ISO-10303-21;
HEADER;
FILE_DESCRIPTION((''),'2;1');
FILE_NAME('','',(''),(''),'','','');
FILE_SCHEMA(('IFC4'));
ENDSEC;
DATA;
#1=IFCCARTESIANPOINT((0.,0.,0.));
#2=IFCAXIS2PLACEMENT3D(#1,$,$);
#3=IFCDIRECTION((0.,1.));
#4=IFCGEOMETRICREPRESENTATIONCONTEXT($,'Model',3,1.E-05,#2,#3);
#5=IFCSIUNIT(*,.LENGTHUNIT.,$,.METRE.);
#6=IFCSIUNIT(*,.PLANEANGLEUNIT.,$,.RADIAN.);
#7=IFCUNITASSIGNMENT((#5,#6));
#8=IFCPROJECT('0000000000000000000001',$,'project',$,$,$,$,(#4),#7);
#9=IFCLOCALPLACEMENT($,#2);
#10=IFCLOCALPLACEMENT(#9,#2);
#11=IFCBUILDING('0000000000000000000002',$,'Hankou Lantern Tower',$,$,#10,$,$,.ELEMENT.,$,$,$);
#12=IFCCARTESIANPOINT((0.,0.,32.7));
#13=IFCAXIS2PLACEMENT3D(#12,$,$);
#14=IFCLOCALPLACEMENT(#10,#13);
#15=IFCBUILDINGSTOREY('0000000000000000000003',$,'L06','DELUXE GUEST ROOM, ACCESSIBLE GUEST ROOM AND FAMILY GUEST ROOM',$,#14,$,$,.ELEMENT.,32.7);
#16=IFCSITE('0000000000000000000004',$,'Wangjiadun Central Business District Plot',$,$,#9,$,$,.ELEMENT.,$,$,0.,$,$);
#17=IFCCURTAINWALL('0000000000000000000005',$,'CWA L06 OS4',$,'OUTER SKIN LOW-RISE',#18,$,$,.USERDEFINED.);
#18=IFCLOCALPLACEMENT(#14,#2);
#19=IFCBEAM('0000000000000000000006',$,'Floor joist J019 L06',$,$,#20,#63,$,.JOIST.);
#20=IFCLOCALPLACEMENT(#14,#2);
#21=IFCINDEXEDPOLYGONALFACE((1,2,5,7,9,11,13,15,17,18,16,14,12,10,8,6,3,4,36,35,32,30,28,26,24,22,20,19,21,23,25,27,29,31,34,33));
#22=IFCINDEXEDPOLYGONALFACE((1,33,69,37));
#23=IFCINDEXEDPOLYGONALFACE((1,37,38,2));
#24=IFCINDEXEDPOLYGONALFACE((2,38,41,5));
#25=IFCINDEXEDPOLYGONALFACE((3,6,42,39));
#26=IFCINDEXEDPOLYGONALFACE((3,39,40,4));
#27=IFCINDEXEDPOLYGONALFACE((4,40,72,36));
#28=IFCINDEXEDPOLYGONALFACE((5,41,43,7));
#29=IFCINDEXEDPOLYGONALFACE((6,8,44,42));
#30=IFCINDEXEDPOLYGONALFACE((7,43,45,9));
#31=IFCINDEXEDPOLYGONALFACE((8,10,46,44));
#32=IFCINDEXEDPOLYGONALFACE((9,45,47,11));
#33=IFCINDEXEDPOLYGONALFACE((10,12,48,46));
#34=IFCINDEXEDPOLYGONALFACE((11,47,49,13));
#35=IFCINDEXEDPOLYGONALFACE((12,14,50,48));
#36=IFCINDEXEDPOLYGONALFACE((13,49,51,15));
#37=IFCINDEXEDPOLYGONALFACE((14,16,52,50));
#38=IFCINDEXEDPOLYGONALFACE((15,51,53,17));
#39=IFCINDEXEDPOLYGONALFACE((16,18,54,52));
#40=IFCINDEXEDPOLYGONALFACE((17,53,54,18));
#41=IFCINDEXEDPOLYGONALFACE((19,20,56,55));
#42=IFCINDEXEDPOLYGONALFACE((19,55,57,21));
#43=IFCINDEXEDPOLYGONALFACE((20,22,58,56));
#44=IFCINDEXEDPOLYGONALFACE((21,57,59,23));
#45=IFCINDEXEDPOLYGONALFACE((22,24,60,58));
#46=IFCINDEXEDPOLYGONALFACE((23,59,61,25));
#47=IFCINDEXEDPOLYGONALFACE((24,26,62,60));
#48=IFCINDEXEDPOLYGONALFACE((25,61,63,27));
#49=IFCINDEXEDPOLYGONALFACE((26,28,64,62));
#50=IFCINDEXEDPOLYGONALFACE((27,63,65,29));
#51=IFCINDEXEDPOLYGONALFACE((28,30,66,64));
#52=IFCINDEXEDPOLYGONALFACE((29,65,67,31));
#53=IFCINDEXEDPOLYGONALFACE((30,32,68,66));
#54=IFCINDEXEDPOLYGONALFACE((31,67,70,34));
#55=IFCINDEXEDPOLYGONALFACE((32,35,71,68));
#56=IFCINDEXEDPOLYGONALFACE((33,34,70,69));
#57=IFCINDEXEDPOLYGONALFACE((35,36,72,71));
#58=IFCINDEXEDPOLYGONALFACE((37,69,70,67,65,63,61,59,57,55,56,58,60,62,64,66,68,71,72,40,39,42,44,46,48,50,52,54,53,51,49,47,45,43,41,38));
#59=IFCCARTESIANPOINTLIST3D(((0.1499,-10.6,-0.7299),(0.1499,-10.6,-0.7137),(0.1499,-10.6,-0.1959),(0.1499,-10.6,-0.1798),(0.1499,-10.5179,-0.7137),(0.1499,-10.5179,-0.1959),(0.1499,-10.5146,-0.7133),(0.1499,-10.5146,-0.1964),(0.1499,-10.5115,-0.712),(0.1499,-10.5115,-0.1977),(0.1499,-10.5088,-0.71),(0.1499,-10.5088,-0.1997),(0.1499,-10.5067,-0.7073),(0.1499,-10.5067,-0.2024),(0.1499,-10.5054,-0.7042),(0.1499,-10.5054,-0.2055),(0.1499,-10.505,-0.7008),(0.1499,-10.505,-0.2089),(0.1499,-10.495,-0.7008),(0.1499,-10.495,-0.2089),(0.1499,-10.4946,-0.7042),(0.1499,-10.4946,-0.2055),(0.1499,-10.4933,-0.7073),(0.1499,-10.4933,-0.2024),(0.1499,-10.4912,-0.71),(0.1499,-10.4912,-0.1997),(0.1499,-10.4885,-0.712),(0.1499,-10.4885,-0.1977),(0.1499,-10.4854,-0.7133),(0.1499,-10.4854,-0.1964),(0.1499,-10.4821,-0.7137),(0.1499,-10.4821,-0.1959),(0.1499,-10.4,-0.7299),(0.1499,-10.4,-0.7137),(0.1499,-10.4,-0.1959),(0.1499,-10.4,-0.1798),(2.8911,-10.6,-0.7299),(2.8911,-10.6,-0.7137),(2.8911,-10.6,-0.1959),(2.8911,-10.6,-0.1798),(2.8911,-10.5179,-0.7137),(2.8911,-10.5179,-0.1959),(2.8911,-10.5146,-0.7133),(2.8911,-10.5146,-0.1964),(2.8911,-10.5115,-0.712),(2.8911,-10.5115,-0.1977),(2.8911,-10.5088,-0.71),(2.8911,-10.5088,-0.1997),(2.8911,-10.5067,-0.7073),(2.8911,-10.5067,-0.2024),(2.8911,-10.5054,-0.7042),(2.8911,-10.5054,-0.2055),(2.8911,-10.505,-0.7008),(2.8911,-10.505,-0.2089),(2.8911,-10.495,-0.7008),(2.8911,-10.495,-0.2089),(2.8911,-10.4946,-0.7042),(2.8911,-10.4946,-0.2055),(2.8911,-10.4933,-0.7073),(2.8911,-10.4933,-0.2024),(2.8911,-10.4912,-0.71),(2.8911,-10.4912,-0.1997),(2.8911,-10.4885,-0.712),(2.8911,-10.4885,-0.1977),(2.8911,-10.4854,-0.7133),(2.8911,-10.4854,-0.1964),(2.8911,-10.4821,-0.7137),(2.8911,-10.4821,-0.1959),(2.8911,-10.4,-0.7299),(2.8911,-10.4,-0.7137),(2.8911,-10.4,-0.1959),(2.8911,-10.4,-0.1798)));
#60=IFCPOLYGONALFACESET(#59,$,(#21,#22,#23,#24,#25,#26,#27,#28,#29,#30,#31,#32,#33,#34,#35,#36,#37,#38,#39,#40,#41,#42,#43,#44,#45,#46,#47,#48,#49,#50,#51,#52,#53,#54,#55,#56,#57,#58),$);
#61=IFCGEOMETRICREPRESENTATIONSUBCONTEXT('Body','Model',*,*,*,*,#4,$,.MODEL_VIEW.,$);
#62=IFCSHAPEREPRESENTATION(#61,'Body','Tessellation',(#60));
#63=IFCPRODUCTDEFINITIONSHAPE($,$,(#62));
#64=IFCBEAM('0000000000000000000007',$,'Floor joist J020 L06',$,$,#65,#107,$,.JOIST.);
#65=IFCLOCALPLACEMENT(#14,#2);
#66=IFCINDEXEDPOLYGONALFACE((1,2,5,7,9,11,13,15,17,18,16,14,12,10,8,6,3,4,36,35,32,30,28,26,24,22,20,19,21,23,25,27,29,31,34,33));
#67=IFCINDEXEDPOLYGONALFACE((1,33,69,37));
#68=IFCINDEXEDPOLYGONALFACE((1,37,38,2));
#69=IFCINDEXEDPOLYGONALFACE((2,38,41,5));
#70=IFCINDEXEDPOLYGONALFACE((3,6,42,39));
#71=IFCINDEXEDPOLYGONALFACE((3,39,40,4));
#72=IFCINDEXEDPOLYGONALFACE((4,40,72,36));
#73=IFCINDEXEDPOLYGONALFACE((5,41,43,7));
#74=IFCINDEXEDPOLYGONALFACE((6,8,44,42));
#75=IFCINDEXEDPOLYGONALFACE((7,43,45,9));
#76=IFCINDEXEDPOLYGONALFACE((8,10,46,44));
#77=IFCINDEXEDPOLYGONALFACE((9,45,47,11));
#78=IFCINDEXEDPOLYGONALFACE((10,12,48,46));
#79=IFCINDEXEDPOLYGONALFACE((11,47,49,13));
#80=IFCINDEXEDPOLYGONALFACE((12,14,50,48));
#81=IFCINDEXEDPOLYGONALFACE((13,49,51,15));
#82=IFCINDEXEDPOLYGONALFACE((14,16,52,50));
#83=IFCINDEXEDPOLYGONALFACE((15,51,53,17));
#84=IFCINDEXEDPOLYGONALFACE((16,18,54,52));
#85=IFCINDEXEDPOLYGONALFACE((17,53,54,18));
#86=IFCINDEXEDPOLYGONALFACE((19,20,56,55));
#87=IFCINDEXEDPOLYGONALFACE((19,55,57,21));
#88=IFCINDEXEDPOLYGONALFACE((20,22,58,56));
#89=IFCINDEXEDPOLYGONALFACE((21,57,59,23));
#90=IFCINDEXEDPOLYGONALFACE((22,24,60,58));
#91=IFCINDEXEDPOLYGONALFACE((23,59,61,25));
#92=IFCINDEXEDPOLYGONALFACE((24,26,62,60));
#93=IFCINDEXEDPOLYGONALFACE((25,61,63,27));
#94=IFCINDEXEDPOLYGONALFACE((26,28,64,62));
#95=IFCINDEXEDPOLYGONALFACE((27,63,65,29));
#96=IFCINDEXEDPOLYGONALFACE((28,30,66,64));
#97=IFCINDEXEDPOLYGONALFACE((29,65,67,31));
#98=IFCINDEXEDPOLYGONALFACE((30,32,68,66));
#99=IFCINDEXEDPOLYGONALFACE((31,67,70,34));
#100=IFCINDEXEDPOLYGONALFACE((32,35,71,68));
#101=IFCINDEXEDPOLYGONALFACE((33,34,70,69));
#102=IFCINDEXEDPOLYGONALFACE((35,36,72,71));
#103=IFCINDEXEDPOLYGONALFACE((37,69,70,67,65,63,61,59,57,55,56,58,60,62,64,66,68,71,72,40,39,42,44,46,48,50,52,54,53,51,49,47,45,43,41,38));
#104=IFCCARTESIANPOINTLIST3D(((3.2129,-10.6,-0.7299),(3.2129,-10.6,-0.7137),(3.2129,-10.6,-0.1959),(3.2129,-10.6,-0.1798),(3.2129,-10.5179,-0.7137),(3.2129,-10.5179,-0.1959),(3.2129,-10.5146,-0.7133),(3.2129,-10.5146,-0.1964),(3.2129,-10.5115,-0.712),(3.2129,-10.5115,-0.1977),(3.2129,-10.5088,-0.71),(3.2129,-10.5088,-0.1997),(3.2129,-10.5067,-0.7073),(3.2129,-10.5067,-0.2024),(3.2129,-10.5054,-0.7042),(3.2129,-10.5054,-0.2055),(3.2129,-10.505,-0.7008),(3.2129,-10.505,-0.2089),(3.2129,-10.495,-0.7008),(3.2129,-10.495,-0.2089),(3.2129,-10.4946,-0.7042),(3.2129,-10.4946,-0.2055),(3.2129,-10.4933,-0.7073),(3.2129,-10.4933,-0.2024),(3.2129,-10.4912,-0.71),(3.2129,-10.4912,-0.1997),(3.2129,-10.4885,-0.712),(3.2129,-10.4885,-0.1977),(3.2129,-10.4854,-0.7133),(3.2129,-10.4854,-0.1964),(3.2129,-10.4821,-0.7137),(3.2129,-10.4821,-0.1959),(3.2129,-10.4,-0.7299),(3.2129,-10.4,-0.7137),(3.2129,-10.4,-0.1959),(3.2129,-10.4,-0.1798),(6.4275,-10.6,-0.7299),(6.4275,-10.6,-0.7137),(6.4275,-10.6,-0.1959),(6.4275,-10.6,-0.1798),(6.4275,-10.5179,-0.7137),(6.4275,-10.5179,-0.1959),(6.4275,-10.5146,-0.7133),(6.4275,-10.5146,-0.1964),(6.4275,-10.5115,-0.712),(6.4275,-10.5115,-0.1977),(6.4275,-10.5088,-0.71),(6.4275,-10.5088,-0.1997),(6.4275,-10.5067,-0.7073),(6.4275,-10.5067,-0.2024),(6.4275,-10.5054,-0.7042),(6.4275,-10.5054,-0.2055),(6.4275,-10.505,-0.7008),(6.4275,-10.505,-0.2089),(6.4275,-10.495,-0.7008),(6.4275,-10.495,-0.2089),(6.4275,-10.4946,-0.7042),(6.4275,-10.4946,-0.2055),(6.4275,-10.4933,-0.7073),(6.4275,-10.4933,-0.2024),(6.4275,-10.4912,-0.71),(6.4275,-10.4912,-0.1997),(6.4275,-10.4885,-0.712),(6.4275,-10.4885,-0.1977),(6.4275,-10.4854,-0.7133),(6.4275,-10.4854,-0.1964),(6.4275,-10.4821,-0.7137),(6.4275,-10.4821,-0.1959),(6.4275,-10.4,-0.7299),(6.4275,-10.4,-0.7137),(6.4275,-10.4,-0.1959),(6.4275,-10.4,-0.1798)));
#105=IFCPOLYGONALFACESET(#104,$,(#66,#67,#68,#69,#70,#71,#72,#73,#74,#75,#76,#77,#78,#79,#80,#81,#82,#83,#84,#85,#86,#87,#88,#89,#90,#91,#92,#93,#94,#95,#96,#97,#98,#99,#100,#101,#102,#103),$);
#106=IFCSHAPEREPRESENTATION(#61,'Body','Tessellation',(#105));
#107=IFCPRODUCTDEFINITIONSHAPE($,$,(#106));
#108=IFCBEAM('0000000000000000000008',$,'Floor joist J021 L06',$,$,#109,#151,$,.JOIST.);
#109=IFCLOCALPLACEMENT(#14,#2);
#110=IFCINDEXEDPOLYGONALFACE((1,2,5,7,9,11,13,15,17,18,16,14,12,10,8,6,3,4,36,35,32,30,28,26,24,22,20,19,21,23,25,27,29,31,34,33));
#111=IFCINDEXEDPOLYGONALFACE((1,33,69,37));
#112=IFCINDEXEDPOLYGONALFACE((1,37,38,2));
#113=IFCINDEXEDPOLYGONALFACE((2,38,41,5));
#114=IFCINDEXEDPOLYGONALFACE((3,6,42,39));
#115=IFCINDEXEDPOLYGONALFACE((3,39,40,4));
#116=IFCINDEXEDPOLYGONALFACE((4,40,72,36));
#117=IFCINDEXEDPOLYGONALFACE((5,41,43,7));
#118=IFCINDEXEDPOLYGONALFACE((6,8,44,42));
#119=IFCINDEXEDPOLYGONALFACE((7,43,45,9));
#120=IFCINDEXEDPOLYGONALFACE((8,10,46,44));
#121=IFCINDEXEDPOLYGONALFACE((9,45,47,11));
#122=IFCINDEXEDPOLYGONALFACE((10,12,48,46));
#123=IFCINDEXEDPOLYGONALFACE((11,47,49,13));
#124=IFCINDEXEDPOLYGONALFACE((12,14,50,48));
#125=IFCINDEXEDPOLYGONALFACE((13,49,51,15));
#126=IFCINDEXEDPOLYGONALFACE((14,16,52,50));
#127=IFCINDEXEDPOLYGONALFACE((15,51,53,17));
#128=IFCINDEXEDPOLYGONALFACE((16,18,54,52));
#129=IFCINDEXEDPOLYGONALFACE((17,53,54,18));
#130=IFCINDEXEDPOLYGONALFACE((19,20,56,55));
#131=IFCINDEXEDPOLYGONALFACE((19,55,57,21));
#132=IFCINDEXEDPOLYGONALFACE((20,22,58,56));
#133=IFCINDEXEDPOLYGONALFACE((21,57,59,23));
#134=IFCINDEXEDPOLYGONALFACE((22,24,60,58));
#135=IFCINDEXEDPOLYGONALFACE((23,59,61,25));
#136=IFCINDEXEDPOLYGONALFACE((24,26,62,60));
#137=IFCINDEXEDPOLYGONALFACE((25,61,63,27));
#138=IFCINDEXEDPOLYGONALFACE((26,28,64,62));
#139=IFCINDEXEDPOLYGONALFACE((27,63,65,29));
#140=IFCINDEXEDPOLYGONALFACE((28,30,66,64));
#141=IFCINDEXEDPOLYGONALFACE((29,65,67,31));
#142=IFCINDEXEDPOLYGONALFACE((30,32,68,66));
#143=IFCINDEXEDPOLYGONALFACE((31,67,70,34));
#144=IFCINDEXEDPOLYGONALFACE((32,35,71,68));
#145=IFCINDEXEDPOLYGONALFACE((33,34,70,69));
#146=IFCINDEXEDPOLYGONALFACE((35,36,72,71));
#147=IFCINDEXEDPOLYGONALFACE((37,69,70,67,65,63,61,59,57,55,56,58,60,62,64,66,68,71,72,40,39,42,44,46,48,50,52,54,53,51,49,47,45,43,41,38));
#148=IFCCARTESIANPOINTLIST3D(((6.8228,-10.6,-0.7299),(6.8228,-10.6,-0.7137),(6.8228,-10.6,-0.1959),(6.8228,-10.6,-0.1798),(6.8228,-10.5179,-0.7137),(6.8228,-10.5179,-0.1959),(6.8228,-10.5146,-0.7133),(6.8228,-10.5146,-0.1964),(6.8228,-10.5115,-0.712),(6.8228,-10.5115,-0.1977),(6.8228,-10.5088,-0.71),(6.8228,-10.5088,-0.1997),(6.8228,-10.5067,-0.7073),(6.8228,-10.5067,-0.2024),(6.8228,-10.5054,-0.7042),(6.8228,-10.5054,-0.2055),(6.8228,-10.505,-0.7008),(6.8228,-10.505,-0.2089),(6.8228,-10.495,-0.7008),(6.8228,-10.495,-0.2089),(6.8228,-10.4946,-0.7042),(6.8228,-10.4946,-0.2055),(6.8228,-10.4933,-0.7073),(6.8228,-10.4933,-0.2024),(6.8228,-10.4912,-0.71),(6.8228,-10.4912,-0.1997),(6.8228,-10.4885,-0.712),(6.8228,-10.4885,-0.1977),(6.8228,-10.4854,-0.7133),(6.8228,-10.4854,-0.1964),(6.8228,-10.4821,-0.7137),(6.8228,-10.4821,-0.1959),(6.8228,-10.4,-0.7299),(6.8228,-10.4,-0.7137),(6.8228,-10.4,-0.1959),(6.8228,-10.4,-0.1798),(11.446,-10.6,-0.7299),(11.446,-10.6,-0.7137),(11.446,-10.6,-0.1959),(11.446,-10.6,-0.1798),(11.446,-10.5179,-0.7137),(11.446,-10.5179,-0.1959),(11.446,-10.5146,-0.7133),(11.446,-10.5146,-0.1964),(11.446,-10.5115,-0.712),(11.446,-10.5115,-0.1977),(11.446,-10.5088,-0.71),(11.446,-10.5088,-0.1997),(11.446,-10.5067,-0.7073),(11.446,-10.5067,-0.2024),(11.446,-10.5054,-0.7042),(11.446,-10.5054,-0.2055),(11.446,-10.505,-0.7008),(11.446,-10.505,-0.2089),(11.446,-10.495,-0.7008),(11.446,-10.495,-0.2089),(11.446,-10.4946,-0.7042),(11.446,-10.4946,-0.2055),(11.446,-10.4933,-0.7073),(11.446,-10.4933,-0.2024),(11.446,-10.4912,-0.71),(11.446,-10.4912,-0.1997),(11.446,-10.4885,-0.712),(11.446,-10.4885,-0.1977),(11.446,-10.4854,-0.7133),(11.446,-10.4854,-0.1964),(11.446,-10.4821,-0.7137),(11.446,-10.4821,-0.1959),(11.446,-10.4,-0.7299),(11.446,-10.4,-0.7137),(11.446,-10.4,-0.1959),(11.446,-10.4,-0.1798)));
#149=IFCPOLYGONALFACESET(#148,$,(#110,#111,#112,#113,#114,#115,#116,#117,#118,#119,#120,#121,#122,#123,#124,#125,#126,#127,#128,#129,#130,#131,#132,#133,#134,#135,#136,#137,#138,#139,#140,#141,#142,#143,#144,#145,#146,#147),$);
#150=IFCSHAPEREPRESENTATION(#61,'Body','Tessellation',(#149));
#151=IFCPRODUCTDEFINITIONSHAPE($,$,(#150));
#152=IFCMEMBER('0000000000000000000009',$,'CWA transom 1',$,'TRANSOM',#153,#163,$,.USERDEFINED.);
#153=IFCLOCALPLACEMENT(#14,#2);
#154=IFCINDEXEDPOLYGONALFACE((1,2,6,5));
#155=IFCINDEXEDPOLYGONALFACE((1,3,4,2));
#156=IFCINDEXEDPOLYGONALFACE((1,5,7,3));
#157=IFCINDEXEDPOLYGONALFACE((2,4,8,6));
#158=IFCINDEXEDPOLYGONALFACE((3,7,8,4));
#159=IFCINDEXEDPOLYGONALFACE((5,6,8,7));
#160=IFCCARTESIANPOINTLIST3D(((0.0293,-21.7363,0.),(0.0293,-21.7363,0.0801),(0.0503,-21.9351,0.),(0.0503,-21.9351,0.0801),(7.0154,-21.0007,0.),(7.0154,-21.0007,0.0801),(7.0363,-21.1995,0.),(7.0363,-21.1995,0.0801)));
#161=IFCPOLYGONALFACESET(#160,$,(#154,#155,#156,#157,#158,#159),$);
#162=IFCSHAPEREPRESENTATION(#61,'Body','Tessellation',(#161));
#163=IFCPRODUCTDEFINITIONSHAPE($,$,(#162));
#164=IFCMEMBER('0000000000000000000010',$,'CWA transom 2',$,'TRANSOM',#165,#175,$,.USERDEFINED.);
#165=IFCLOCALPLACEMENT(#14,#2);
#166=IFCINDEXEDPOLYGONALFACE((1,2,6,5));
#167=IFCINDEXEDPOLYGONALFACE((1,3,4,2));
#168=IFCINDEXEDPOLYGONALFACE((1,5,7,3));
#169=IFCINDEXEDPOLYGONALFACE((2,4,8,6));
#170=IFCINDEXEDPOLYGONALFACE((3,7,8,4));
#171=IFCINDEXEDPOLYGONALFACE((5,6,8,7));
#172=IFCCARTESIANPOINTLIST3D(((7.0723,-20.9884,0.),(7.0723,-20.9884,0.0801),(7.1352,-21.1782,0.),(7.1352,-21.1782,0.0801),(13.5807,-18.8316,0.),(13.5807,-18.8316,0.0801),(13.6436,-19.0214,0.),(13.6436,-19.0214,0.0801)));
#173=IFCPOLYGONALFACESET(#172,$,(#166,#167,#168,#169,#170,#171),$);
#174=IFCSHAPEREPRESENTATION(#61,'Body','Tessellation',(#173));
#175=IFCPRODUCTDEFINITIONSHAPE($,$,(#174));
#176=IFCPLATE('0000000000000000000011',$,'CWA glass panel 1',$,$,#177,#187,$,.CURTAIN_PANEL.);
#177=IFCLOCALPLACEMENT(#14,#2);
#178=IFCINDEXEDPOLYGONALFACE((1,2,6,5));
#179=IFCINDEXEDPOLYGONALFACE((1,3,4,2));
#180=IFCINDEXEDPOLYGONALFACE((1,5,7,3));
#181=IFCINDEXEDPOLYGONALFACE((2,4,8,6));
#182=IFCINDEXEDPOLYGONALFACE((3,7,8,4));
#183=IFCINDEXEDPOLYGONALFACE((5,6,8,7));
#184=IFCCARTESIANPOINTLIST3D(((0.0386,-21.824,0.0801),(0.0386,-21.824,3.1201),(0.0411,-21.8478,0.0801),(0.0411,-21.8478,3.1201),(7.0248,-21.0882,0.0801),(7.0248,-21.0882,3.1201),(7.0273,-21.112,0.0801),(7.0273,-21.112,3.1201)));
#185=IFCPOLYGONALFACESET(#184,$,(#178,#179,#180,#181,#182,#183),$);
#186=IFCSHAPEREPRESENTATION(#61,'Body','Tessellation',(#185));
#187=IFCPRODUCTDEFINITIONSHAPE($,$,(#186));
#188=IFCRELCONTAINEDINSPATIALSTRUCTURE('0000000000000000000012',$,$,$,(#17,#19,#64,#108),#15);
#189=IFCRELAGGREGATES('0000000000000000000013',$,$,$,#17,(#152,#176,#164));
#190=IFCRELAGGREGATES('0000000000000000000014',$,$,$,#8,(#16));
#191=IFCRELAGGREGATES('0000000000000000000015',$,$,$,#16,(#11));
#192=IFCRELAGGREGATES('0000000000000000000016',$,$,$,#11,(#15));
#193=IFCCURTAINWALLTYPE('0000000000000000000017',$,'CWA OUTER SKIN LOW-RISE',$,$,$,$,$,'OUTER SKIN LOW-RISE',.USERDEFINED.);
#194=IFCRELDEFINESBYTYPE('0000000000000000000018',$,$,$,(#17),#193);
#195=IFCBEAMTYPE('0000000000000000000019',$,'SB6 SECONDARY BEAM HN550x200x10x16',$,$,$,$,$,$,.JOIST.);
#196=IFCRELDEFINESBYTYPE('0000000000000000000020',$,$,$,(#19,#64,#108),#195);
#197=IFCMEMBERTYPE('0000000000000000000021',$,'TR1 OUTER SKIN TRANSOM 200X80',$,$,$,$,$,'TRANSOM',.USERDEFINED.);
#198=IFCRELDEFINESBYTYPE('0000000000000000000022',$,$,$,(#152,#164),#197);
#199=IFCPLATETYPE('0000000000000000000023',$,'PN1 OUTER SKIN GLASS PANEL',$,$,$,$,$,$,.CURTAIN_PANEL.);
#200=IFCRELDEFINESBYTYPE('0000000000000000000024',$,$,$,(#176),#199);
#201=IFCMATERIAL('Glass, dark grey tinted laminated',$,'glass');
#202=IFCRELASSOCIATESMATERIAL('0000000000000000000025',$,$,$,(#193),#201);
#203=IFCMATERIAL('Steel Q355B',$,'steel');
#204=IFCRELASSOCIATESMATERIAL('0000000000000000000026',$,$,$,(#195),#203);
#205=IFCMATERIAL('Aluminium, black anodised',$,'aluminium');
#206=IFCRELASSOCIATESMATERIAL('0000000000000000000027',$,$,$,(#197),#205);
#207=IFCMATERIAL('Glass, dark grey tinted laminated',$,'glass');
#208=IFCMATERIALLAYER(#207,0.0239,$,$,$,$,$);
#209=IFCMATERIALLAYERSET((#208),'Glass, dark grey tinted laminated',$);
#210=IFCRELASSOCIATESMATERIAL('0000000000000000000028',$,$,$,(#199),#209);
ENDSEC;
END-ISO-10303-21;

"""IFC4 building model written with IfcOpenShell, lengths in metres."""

from ifc_helpers import new_model, si_unit, direction, frame, origin, origin_2d, place, context, subcontext, project, spatial, rectangle, i_section, extrude, material, layer, layer_set, material_profile, profile_set, type_object, element, aggregate, save


model = new_model("IFC4")

# Units and contexts
model_context = context("Model", 3, precision=1e-05, world=origin(), true_north=direction((0.0, 1.0)))
body_context = subcontext(model_context, "Body", "Model", "MODEL_VIEW")
ifc_project = project(units=[si_unit("LENGTHUNIT", "METRE"), si_unit("PLANEANGLEUNIT", "RADIAN")], contexts=[model_context])

# Site, building, storey
site_placement = place(None, origin())
site = spatial("IfcSite", under=ifc_project, at=site_placement, Name="Wangjiadun Central Business District Plot", CompositionType="ELEMENT", RefElevation=0.0)
building_placement = place(site_placement, origin())
building = spatial("IfcBuilding", under=site, at=building_placement, Name="Hankou Lantern Tower", CompositionType="ELEMENT")
storey_placement = place(building_placement, frame((0.0, 0.0, 32.7)))
storey = spatial("IfcBuildingStorey", under=building, at=storey_placement, Name="L06", Description="DELUXE GUEST ROOM, ACCESSIBLE GUEST ROOM AND FAMILY GUEST ROOM", CompositionType="ELEMENT", Elevation=32.7)

# Curtain wall
ifc_material_1 = material(Name="Glass, dark grey tinted laminated", Category="glass")
curtain_wall_type = type_object("IfcCurtainWallType", Name="CWA OUTER SKIN LOW-RISE", ElementType="OUTER SKIN LOW-RISE", PredefinedType="USERDEFINED", material=ifc_material_1)
curtain_wall_placement = place(storey_placement, origin())
curtain_wall = element("IfcCurtainWall", 1, at=curtain_wall_placement, inside=storey, type_object=curtain_wall_type, Name="CWA L06 OS4", ObjectType="OUTER SKIN LOW-RISE", PredefinedType="USERDEFINED")

# Beams
ifc_material_2 = material(Name="Steel Q355B", Category="steel")
ifc_material_profile_1 = material_profile(ifc_material_2, i_section(OverallWidth=0.2, OverallDepth=0.55, WebThickness=0.01, FlangeThickness=0.0161, FilletRadius=0.0129, at=origin_2d()), Name="HN550x200x10x16")
ifc_profile_set_1 = profile_set([ifc_material_profile_1], Name="Steel Q355B")
beam_type_1 = type_object("IfcBeamType", Name="SB6 SECONDARY BEAM HN550x200x10x16", PredefinedType="JOIST", material=ifc_profile_set_1)
beam_1_placement = place(storey_placement, frame((0.1499, -10.5, -0.4548), z_axis=(1.0, 0.0, 0.0), x_axis=(0.0, 1.0, 0.0)))
element("IfcBeam", 2, at=beam_1_placement, inside=storey, type_object=beam_type_1, Name="Floor joist J019 L06", PredefinedType="JOIST", context=body_context, shape_type="SweptSolid", body=[
    extrude(i_section(OverallWidth=0.2, OverallDepth=0.55, WebThickness=0.01, FlangeThickness=0.0161, FilletRadius=0.0129, at=origin_2d()), origin(), (0.0, 0.0, 1.0), 2.7412),
])
beam_2_placement = place(storey_placement, frame((3.2129, -10.5, -0.4548), z_axis=(1.0, 0.0, 0.0), x_axis=(0.0, 1.0, 0.0)))
element("IfcBeam", 3, at=beam_2_placement, inside=storey, type_object=beam_type_1, Name="Floor joist J020 L06", PredefinedType="JOIST", context=body_context, shape_type="SweptSolid", body=[
    extrude(i_section(OverallWidth=0.2, OverallDepth=0.55, WebThickness=0.01, FlangeThickness=0.0161, FilletRadius=0.0129, at=origin_2d()), origin(), (0.0, 0.0, 1.0), 3.2146),
])
beam_3_placement = place(storey_placement, frame((6.8228, -10.5, -0.4548), z_axis=(1.0, 0.0, 0.0), x_axis=(0.0, 1.0, 0.0)))
element("IfcBeam", 4, at=beam_3_placement, inside=storey, type_object=beam_type_1, Name="Floor joist J021 L06", PredefinedType="JOIST", context=body_context, shape_type="SweptSolid", body=[
    extrude(i_section(OverallWidth=0.2, OverallDepth=0.55, WebThickness=0.01, FlangeThickness=0.0161, FilletRadius=0.0129, at=origin_2d()), origin(), (0.0, 0.0, 1.0), 4.6233),
])

# Members
ifc_material_3 = material(Name="Aluminium, black anodised", Category="aluminium")
ifc_material_profile_2 = material_profile(ifc_material_3, rectangle(XDim=0.2, YDim=0.0801, at=origin_2d()), Name="TR1 200X80")
ifc_profile_set_2 = profile_set([ifc_material_profile_2], Name="Aluminium, black anodised")
member_type_1 = type_object("IfcMemberType", Name="TR1 OUTER SKIN TRANSOM 200X80", ElementType="TRANSOM", PredefinedType="USERDEFINED", material=ifc_profile_set_2)
member_1_placement = place(storey_placement, frame((0.0398, -21.8357, 0.04), z_axis=(0.994502, 0.104716, 0.0), x_axis=(-0.104716, 0.994502, 0.0)))
member_1 = element("IfcMember", 5, at=member_1_placement, type_object=member_type_1, Name="CWA transom 1", ObjectType="TRANSOM", PredefinedType="USERDEFINED", context=body_context, shape_type="SweptSolid", body=[
    extrude(rectangle(XDim=0.2, YDim=0.0801, at=origin_2d()), origin(), (0.0, 0.0, 1.0), 7.0247),
])
member_2_placement = place(storey_placement, frame((7.1038, -21.0833, 0.04), z_axis=(0.949237, 0.314561, 0.0), x_axis=(-0.314561, 0.949237, 0.0)))
member_2 = element("IfcMember", 6, at=member_2_placement, type_object=member_type_1, Name="CWA transom 2", ObjectType="TRANSOM", PredefinedType="USERDEFINED", context=body_context, shape_type="SweptSolid", body=[
    extrude(rectangle(XDim=0.2, YDim=0.0801, at=origin_2d()), origin(), (0.0, 0.0, 1.0), 6.8564),
])

# Plate
ifc_material_4 = material(Name="Glass, dark grey tinted laminated", Category="glass")
ifc_layer_1 = layer(ifc_material_4, 0.0239)
ifc_layer_set_1 = layer_set([ifc_layer_1], Name="Glass, dark grey tinted laminated")
plate_type = type_object("IfcPlateType", Name="PN1 OUTER SKIN GLASS PANEL", PredefinedType="CURTAIN_PANEL", material=ifc_layer_set_1)
plate_1_placement = place(storey_placement, frame((3.533, -21.468, 0.0801), z_axis=(0.0, 0.0, 1.0), x_axis=(0.994499, 0.104743, 0.0)))
plate_1 = element("IfcPlate", 7, at=plate_1_placement, type_object=plate_type, Name="CWA glass panel 1", PredefinedType="CURTAIN_PANEL", context=body_context, shape_type="SweptSolid", body=[
    extrude(rectangle(XDim=7.0249, YDim=0.0239, at=origin_2d()), origin(), (0.0, 0.0, 1.0), 3.04),
])
aggregate(curtain_wall, [member_1, plate_1, member_2])

save(model, "model.ifc")
